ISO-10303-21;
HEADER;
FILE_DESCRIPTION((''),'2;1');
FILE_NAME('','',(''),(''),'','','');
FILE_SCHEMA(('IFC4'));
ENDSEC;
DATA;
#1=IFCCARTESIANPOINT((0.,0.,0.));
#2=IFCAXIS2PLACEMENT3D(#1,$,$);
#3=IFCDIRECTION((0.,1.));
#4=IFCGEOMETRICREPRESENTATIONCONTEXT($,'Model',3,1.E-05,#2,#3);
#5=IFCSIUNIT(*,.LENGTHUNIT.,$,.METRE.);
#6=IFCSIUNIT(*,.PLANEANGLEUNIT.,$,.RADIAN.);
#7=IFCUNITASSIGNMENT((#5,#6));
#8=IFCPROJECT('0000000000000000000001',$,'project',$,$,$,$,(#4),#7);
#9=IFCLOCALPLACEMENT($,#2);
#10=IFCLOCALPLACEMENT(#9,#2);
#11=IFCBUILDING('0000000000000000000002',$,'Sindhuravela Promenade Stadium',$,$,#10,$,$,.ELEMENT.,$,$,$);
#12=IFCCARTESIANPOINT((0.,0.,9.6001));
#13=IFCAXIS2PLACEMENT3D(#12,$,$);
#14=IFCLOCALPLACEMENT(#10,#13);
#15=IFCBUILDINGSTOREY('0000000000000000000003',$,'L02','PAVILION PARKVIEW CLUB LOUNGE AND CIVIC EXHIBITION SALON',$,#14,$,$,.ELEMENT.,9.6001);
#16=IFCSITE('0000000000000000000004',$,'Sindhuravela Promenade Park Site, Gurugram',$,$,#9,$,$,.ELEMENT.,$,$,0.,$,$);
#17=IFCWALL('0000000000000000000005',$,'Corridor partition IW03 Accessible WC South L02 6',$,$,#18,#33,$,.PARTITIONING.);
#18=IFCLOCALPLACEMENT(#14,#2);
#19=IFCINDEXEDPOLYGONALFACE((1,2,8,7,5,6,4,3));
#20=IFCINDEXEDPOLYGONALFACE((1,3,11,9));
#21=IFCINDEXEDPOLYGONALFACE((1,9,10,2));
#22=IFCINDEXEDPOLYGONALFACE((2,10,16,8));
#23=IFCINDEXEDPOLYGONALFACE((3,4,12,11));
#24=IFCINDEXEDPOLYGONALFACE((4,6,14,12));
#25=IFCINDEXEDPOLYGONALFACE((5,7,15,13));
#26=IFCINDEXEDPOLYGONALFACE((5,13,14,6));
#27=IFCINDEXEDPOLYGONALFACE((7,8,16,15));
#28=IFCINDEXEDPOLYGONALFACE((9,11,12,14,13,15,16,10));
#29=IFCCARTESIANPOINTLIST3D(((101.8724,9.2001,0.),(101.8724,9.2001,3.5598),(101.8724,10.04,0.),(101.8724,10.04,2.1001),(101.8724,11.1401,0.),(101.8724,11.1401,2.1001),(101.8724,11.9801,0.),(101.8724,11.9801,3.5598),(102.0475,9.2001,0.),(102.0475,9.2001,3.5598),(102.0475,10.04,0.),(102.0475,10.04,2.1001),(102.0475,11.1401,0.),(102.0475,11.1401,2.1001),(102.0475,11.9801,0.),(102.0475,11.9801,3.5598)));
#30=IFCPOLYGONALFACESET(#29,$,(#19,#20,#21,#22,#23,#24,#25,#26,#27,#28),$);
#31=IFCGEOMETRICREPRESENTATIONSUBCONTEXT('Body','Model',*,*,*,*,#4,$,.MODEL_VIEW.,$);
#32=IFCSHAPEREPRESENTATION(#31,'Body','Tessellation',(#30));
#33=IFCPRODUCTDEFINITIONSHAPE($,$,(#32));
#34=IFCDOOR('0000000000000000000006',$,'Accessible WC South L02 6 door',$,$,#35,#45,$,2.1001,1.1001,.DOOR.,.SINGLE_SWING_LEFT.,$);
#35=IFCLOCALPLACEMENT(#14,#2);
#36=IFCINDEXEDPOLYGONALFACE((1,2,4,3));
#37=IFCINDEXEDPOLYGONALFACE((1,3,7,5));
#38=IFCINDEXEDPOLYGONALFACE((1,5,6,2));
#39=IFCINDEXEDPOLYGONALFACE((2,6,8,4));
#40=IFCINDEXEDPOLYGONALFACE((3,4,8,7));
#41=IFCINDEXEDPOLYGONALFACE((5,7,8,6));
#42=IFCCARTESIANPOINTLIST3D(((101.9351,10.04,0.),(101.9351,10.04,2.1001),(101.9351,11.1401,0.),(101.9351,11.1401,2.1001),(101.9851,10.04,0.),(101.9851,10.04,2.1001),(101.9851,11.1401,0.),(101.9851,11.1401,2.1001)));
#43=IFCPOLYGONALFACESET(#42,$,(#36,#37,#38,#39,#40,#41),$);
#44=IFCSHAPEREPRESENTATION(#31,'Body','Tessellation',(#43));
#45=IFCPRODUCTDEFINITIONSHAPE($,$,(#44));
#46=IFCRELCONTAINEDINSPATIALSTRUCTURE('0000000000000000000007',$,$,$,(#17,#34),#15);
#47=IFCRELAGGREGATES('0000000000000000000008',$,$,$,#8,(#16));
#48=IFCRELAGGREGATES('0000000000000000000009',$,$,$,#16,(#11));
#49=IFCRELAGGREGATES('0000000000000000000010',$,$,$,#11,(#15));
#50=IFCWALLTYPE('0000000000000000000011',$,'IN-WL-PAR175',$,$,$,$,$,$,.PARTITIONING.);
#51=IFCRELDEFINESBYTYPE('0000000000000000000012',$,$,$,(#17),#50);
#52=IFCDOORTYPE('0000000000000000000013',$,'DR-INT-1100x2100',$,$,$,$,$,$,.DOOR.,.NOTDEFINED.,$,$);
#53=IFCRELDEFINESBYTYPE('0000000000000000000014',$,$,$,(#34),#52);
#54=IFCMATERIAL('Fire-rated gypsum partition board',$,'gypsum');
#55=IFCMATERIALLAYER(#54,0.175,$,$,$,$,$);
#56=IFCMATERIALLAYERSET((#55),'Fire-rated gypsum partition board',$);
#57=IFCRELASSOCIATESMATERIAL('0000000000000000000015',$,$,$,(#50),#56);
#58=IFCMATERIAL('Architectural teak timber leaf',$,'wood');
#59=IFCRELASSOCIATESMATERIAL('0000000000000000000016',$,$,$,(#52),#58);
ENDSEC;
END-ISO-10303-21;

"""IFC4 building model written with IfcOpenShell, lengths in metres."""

from ifc_helpers import new_model, si_unit, direction, frame, frame_2d, origin, place, context, subcontext, project, spatial, rectangle, extrude, material, layer, layer_set, type_object, element, fill, save


model = new_model("IFC4")

# Units and contexts
model_context = context("Model", 3, precision=1e-05, world=origin(), true_north=direction((0.0, 1.0)))
body_context = subcontext(model_context, "Body", "Model", "MODEL_VIEW")
ifc_project = project(units=[si_unit("LENGTHUNIT", "METRE"), si_unit("PLANEANGLEUNIT", "RADIAN")], contexts=[model_context])

# Site, building, storey
site_placement = place(None, origin())
site = spatial("IfcSite", under=ifc_project, at=site_placement, Name="Sindhuravela Promenade Park Site, Gurugram", CompositionType="ELEMENT", RefElevation=0.0)
building_placement = place(site_placement, origin())
building = spatial("IfcBuilding", under=site, at=building_placement, Name="Sindhuravela Promenade Stadium", CompositionType="ELEMENT")
storey_placement = place(building_placement, frame((0.0, 0.0, 9.6001)))
storey = spatial("IfcBuildingStorey", under=building, at=storey_placement, Name="L02", Description="PAVILION PARKVIEW CLUB LOUNGE AND CIVIC EXHIBITION SALON", CompositionType="ELEMENT", Elevation=9.6001)

# Shared definitions
ifc_material_1 = material(Name="Fire-rated gypsum partition board", Category="gypsum")

# Shared definitions
ifc_material_2 = material(Name="Architectural teak timber leaf", Category="wood")

# Wall, opening, door
ifc_layer_1 = layer(ifc_material_1, 0.175)
ifc_layer_set_1 = layer_set([ifc_layer_1], Name="Fire-rated gypsum partition board")
wall_type_1 = type_object("IfcWallType", Name="IN-WL-PAR175", PredefinedType="PARTITIONING", material=ifc_layer_set_1)
wall_1_placement = place(storey_placement, frame((101.96, 9.2, 0.0), z_axis=(0.0, 0.0, 1.0), x_axis=(0.0, 1.0, 0.0)))
wall_1 = element("IfcWall", 1, at=wall_1_placement, inside=storey, type_object=wall_type_1, Name="Corridor partition IW03 Accessible WC South L02 6", PredefinedType="PARTITIONING", context=body_context, shape_type="SweptSolid", body=[
    extrude(rectangle(XDim=2.78, YDim=0.175, at=frame_2d((1.3901, 0.0))), origin(), (0.0, 0.0, 1.0), 3.5598),
])
opening_1_placement = place(wall_1_placement, frame((0.8401, 0.0, 0.0)))
opening_1 = element("IfcOpeningElement", 2, at=opening_1_placement, cuts=wall_1, PredefinedType="OPENING", context=body_context, shape_type="SweptSolid", body=[
    extrude(rectangle(XDim=1.1001, YDim=2.1001, at=frame_2d((0.55, 1.05))), frame((0.0, 0.0974, 0.0), z_axis=(0.0, -1.0, 0.0), x_axis=(1.0, 0.0, 0.0)), (0.0, 0.0, 1.0), 0.1951),
])
door_type_1 = type_object("IfcDoorType", Name="DR-INT-1100x2100", OperationType="NOTDEFINED", PredefinedType="DOOR", material=ifc_material_2)
door_1_placement = place(opening_1_placement, origin())
door_1 = element("IfcDoor", 3, at=door_1_placement, inside=storey, type_object=door_type_1, Name="Accessible WC South L02 6 door", OperationType="SINGLE_SWING_LEFT", OverallHeight=2.1001, OverallWidth=1.1001, PredefinedType="DOOR", context=body_context, shape_type="SweptSolid", body=[
    extrude(rectangle(XDim=1.1001, YDim=2.1001, at=frame_2d((0.55, 1.05))), frame((0.0, 0.0249, 0.0), z_axis=(0.0, -1.0, 0.0), x_axis=(1.0, 0.0, 0.0)), (0.0, 0.0, 1.0), 0.05),
])
fill(opening_1, door_1)

save(model, "model.ifc")
